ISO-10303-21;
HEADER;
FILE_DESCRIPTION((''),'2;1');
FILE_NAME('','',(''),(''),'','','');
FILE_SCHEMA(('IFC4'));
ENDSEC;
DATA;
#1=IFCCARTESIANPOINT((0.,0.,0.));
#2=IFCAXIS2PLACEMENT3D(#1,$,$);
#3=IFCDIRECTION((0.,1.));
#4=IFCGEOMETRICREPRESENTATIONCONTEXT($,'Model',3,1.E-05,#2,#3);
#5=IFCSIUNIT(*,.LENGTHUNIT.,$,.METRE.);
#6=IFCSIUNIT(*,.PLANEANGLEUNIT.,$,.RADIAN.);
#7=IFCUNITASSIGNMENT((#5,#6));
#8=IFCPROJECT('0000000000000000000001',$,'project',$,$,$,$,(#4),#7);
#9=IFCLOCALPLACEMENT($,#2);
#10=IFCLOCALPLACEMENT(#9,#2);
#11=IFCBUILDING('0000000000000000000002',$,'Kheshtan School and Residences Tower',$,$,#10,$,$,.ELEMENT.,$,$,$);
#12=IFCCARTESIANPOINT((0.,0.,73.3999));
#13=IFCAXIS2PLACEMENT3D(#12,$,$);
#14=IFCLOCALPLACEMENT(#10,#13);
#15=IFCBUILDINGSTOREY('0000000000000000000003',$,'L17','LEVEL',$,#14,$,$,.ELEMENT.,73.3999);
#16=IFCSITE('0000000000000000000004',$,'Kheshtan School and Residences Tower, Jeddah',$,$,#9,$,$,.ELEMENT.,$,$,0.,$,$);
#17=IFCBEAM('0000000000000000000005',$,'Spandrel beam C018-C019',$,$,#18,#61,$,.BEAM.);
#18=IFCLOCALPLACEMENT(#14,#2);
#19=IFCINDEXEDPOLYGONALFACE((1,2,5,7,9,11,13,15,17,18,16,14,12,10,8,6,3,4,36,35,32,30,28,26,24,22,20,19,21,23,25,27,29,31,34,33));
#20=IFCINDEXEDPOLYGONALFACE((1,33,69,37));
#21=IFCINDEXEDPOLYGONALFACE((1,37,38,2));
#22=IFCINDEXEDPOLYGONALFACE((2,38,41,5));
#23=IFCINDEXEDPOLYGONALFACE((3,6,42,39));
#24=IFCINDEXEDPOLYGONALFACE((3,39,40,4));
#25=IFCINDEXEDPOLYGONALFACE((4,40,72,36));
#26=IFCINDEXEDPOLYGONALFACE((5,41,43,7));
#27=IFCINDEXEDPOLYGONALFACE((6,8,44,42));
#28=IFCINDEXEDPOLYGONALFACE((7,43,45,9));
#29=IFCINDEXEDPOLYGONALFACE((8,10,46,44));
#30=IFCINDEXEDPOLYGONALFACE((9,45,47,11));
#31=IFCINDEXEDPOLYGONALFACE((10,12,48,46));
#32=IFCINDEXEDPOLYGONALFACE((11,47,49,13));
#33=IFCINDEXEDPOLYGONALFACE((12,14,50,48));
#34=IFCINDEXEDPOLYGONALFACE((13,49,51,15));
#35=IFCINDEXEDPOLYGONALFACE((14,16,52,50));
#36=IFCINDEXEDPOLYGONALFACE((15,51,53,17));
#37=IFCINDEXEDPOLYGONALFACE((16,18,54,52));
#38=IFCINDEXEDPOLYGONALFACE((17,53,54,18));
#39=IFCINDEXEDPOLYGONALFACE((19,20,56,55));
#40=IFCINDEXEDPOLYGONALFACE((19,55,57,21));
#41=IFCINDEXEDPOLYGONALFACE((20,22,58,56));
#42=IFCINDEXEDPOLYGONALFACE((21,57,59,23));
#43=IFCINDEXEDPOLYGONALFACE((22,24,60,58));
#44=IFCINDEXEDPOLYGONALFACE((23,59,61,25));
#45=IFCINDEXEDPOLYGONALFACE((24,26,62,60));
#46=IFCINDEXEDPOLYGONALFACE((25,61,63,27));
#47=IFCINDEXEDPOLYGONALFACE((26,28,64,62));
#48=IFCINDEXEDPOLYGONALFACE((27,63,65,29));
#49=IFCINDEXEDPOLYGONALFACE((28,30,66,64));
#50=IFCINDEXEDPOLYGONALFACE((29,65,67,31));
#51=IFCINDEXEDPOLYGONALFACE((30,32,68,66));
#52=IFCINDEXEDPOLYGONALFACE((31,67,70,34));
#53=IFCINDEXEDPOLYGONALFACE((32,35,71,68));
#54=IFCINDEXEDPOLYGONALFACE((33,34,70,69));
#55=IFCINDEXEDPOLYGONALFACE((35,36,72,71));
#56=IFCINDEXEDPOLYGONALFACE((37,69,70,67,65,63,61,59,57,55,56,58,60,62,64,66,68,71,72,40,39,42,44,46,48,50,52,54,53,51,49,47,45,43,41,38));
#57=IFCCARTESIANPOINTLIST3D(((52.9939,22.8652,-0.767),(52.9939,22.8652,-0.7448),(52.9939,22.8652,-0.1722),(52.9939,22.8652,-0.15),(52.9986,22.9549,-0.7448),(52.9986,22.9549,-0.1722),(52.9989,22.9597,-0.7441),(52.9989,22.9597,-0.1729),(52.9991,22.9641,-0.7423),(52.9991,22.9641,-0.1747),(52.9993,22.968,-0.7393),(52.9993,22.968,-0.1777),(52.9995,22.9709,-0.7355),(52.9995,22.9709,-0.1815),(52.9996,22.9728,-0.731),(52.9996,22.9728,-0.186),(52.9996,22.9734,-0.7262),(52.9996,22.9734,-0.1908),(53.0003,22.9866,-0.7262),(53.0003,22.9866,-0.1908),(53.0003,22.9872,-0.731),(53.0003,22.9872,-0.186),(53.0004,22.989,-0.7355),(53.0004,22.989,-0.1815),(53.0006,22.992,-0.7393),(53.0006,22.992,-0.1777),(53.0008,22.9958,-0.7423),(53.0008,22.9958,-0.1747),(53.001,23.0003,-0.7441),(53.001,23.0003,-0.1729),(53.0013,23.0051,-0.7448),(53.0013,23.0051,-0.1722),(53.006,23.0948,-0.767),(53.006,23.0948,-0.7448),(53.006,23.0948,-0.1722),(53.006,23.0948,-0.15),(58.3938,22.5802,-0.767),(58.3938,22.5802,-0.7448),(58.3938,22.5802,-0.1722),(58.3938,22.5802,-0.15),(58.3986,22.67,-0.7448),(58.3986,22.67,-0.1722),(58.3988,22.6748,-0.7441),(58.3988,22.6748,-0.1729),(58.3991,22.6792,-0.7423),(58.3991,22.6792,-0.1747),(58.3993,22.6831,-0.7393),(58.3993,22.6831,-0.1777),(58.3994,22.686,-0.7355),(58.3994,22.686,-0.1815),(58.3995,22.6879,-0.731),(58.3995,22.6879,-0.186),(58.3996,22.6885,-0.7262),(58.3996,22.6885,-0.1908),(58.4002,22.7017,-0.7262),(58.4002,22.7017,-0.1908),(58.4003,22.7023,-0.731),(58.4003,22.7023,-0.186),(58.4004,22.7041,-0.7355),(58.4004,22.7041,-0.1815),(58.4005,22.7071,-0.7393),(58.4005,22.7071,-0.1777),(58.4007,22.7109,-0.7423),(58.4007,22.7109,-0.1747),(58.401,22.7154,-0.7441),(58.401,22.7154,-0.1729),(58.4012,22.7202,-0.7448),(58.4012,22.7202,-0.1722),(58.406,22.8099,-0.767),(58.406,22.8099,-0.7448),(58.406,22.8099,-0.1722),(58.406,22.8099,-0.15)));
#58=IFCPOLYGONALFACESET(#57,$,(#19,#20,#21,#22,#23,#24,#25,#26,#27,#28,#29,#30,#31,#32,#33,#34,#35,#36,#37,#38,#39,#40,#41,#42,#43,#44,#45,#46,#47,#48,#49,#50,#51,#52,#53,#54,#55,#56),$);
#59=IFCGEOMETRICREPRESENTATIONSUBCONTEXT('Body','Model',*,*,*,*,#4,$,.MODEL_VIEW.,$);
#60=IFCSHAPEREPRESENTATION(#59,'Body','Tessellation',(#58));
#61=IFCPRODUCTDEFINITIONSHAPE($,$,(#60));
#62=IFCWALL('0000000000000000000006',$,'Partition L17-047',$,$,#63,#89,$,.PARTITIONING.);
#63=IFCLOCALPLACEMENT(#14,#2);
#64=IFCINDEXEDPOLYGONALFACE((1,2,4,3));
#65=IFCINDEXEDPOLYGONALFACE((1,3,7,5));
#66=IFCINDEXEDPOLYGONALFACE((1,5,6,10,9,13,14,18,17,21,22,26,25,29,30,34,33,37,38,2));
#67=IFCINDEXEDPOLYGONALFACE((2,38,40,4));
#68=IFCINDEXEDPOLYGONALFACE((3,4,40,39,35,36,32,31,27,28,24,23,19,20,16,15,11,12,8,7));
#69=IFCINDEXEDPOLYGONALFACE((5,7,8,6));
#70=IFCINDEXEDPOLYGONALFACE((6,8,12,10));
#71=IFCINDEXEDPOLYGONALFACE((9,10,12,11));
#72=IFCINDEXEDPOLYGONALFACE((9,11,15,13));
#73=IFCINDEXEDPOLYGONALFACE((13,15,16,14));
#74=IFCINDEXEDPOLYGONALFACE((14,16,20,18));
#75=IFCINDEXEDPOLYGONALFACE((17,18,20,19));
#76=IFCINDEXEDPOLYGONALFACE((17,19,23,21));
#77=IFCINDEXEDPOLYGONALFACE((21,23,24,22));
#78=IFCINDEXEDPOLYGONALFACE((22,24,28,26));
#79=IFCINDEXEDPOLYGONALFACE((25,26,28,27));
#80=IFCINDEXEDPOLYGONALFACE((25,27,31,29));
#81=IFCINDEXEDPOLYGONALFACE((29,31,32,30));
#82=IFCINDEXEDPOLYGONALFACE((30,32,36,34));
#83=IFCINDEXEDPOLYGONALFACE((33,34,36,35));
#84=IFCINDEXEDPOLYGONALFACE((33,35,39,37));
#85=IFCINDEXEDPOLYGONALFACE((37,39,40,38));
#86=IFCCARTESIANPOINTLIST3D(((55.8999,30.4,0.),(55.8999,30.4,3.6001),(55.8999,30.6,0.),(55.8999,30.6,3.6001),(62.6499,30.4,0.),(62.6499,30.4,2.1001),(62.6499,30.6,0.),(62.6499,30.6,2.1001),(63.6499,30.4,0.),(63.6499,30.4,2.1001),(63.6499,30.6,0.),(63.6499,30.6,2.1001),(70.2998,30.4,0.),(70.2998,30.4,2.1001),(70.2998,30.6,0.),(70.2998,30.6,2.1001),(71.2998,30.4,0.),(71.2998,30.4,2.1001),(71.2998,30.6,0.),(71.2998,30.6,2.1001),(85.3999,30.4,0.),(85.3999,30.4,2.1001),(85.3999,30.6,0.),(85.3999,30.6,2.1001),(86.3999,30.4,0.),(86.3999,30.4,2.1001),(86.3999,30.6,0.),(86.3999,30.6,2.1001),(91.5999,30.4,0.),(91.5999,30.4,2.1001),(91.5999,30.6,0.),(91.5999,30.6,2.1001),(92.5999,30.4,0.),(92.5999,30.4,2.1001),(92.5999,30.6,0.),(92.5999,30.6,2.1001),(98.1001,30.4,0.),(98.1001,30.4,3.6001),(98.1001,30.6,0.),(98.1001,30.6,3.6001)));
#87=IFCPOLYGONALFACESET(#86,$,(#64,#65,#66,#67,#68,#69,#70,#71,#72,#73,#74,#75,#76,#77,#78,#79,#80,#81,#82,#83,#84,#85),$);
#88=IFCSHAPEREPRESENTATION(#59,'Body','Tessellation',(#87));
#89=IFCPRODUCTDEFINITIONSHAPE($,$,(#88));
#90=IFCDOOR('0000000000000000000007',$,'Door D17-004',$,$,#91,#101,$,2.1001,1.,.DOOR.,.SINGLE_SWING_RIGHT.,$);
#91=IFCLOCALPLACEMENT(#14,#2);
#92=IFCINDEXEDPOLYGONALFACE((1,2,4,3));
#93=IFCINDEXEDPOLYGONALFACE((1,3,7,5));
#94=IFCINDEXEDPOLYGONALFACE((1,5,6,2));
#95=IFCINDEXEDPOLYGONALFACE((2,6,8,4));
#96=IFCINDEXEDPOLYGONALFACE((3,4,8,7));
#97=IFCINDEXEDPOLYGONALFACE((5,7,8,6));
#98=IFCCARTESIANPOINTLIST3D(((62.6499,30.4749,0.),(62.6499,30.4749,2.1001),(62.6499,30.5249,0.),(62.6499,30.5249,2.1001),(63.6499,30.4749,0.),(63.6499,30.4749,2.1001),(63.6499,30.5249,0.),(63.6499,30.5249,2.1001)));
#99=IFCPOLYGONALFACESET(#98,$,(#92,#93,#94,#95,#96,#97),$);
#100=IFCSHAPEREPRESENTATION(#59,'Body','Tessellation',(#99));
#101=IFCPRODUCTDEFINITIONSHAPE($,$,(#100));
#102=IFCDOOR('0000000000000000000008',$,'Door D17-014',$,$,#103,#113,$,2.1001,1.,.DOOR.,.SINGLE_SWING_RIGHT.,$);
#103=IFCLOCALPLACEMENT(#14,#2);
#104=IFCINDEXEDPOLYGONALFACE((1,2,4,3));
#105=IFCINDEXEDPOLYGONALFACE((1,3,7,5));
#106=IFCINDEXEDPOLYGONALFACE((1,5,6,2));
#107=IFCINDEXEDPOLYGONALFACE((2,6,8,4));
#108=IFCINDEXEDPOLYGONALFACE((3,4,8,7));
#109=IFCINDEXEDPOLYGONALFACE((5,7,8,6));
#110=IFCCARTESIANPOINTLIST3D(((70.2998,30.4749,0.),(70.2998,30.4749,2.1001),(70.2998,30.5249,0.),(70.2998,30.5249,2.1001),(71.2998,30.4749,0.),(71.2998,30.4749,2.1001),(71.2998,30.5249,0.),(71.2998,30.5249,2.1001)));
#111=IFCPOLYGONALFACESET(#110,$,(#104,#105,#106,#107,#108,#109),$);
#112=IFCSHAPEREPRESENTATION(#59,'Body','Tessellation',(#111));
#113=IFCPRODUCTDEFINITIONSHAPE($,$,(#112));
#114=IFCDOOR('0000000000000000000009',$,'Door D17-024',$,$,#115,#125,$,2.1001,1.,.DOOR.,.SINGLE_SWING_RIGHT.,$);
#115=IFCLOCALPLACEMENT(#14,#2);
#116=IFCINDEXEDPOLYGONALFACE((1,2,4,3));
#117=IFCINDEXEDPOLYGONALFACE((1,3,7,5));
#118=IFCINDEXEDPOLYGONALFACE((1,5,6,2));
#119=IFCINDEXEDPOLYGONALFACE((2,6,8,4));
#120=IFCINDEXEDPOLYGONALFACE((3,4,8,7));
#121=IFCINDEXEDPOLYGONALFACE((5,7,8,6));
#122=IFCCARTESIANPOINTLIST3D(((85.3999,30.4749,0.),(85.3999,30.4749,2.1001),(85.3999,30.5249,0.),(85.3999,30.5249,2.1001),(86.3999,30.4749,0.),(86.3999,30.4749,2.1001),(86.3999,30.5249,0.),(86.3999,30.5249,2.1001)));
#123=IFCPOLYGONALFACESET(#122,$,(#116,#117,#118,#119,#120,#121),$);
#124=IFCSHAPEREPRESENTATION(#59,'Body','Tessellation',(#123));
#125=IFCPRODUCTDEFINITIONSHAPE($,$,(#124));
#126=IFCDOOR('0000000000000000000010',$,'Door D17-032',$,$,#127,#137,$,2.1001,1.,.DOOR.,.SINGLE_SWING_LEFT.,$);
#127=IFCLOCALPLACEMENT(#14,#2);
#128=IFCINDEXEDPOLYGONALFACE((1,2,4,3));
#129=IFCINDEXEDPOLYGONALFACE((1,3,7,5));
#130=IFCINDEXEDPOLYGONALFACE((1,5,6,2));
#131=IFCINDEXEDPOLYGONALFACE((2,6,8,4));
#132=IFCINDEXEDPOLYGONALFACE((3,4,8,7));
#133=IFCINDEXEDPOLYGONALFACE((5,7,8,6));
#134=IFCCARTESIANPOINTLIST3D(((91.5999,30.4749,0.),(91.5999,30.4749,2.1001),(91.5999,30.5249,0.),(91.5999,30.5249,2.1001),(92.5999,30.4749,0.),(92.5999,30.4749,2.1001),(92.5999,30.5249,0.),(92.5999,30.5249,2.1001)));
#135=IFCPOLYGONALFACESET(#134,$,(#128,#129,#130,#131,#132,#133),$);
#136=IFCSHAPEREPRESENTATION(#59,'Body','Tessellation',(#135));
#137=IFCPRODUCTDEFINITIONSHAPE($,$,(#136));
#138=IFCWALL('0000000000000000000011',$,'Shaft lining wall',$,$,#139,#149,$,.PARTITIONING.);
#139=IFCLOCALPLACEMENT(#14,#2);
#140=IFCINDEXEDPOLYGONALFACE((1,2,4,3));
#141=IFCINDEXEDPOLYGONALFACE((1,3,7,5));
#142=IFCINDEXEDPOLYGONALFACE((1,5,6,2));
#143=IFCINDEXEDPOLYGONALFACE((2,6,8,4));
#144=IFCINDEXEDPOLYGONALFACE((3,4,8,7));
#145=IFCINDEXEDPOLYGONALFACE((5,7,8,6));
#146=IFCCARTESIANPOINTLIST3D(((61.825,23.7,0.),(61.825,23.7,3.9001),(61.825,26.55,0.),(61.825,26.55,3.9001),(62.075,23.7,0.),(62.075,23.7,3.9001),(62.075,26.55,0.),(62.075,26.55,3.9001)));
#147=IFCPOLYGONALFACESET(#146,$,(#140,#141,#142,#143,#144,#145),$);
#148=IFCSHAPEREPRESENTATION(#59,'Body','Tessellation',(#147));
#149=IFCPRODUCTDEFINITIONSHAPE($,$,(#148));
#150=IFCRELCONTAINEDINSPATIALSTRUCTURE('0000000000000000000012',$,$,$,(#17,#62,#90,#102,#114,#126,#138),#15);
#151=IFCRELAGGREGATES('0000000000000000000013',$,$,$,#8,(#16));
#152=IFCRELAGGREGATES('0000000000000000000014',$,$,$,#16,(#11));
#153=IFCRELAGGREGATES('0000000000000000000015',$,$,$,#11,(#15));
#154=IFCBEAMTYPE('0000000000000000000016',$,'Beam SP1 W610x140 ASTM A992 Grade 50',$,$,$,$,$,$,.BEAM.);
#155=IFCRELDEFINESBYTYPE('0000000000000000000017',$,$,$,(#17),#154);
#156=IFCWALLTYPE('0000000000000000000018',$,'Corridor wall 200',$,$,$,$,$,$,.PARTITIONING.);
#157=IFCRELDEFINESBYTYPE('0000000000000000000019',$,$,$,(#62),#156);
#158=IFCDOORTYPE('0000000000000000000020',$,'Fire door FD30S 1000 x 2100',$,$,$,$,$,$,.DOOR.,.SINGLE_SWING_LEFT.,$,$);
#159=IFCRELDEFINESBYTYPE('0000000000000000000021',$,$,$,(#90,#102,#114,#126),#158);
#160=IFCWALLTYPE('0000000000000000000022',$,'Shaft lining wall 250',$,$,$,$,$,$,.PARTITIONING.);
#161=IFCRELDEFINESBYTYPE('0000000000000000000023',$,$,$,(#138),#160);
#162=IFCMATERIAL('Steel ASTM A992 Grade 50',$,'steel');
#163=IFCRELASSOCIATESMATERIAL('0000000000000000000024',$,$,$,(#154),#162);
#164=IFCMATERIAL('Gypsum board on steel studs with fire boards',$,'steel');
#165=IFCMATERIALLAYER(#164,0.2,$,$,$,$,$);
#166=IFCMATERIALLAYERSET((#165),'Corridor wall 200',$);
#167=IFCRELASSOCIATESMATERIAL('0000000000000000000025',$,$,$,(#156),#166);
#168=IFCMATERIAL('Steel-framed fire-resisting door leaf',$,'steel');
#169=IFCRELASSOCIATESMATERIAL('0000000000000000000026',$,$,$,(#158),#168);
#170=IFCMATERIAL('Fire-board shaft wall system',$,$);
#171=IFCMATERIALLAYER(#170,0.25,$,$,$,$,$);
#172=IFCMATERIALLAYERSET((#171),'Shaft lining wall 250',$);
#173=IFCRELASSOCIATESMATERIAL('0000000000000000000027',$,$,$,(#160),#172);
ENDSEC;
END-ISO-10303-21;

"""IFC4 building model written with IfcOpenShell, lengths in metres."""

from ifc_helpers import new_model, si_unit, direction, frame, frame_2d, origin, origin_2d, place, context, subcontext, project, spatial, rectangle, i_section, extrude, source, transform, mapped, material, layer, layer_set, material_profile, profile_set, type_object, element, fill, save


model = new_model("IFC4")

# Units and contexts
model_context = context("Model", 3, precision=1e-05, world=origin(), true_north=direction((0.0, 1.0)))
body_context = subcontext(model_context, "Body", "Model", "MODEL_VIEW")
ifc_project = project(units=[si_unit("LENGTHUNIT", "METRE"), si_unit("PLANEANGLEUNIT", "RADIAN")], contexts=[model_context])

# Site, building, storey
site_placement = place(None, origin())
site = spatial("IfcSite", under=ifc_project, at=site_placement, Name="Kheshtan School and Residences Tower, Jeddah", CompositionType="ELEMENT", RefElevation=0.0)
building_placement = place(site_placement, origin())
building = spatial("IfcBuilding", under=site, at=building_placement, Name="Kheshtan School and Residences Tower", CompositionType="ELEMENT")
storey_placement = place(building_placement, frame((0.0, 0.0, 73.3999)))
storey = spatial("IfcBuildingStorey", under=building, at=storey_placement, Name="L17", Description="LEVEL", CompositionType="ELEMENT", Elevation=73.3999)

# Shared definitions
ifc_material_1 = material(Name="Steel ASTM A992 Grade 50", Category="steel")

# Beam
ifc_material_profile_1 = material_profile(ifc_material_1, i_section(OverallWidth=0.23, OverallDepth=0.6169, WebThickness=0.0132, FlangeThickness=0.0222, FilletRadius=0.0186, at=origin_2d()), Name="W610x140")
ifc_profile_set_1 = profile_set([ifc_material_profile_1], Name="Steel ASTM A992 Grade 50")
beam_type_1 = type_object("IfcBeamType", Name="Beam SP1 W610x140 ASTM A992 Grade 50", PredefinedType="BEAM", material=ifc_profile_set_1)
beam_1_placement = place(storey_placement, frame((58.3999, 22.6951, -0.4585), z_axis=(-0.998611, 0.052689, 0.0), x_axis=(-0.052689, -0.998611, 0.0)))
element("IfcBeam", 1, at=beam_1_placement, inside=storey, type_object=beam_type_1, Name="Spandrel beam C018-C019", PredefinedType="BEAM", context=body_context, shape_type="SweptSolid", body=[
    extrude(i_section(OverallWidth=0.23, OverallDepth=0.6169, WebThickness=0.0132, FlangeThickness=0.0222, FilletRadius=0.0186, at=origin_2d()), origin(), (0.0, 0.0, 1.0), 5.4075),
])

# Wall, openings, doors
ifc_material_2 = material(Name="Gypsum board on steel studs with fire boards", Category="steel")
ifc_layer_1 = layer(ifc_material_2, 0.2)
ifc_layer_set_1 = layer_set([ifc_layer_1], Name="Corridor wall 200")
wall_type_1 = type_object("IfcWallType", Name="Corridor wall 200", PredefinedType="PARTITIONING", material=ifc_layer_set_1)
wall_1_placement = place(storey_placement, frame((55.8999, 30.5, 0.0), z_axis=(0.0, 0.0, 1.0), x_axis=(1.0, 0.0, 0.0)))
wall_1 = element("IfcWall", 2, at=wall_1_placement, inside=storey, type_object=wall_type_1, Name="Partition L17-047", PredefinedType="PARTITIONING", context=body_context, shape_type="SweptSolid", body=[
    extrude(rectangle(XDim=42.2002, YDim=0.2, at=frame_2d((21.1001, 0.0))), origin(), (0.0, 0.0, 1.0), 3.6001),
])
opening_1_placement = place(wall_1_placement, frame((6.75, 0.0, 0.0)))
opening_1 = element("IfcOpeningElement", 3, at=opening_1_placement, cuts=wall_1, PredefinedType="OPENING", context=body_context, shape_type="SweptSolid", body=[
    extrude(rectangle(XDim=1.0, YDim=2.1001, at=frame_2d((0.5, 1.05))), frame((0.0, 0.1099, 0.0), z_axis=(0.0, -1.0, 0.0), x_axis=(1.0, 0.0, 0.0)), (0.0, 0.0, 1.0), 0.22),
])
opening_2_placement = place(wall_1_placement, frame((14.3999, 0.0, 0.0)))
opening_2 = element("IfcOpeningElement", 4, at=opening_2_placement, cuts=wall_1, PredefinedType="OPENING", context=body_context, shape_type="SweptSolid", body=[
    extrude(rectangle(XDim=1.0, YDim=2.1001, at=frame_2d((0.5, 1.05))), frame((0.0, 0.1099, 0.0), z_axis=(0.0, -1.0, 0.0), x_axis=(1.0, 0.0, 0.0)), (0.0, 0.0, 1.0), 0.22),
])
opening_3_placement = place(wall_1_placement, frame((29.5, 0.0, 0.0)))
opening_3 = element("IfcOpeningElement", 5, at=opening_3_placement, cuts=wall_1, PredefinedType="OPENING", context=body_context, shape_type="SweptSolid", body=[
    extrude(rectangle(XDim=1.0, YDim=2.1001, at=frame_2d((0.5, 1.05))), frame((0.0, 0.1099, 0.0), z_axis=(0.0, -1.0, 0.0), x_axis=(1.0, 0.0, 0.0)), (0.0, 0.0, 1.0), 0.22),
])
opening_4_placement = place(wall_1_placement, frame((35.7, 0.0, 0.0)))
opening_4 = element("IfcOpeningElement", 6, at=opening_4_placement, cuts=wall_1, PredefinedType="OPENING", context=body_context, shape_type="SweptSolid", body=[
    extrude(rectangle(XDim=1.0, YDim=2.1001, at=frame_2d((0.5, 1.05))), frame((0.0, 0.1099, 0.0), z_axis=(0.0, -1.0, 0.0), x_axis=(1.0, 0.0, 0.0)), (0.0, 0.0, 1.0), 0.22),
])
ifc_material_3 = material(Name="Steel-framed fire-resisting door leaf", Category="steel")
door_type_1 = type_object("IfcDoorType", Name="Fire door FD30S 1000 x 2100", OperationType="SINGLE_SWING_LEFT", PredefinedType="DOOR", material=ifc_material_3)
shared_shape_1 = source(origin(), body_context, "Body", "SweptSolid", [
    extrude(rectangle(XDim=1.0, YDim=2.1001, at=frame_2d((0.5, 1.05))), frame((0.0, 0.0249, 0.0), z_axis=(0.0, -1.0, 0.0), x_axis=(1.0, 0.0, 0.0)), (0.0, 0.0, 1.0), 0.05),
])
door_1_placement = place(opening_1_placement, origin())
door_1 = element("IfcDoor", 7, at=door_1_placement, inside=storey, type_object=door_type_1, Name="Door D17-004", OperationType="SINGLE_SWING_RIGHT", OverallHeight=2.1001, OverallWidth=1.0, PredefinedType="DOOR", context=body_context, shape_type="MappedRepresentation", body=[
    mapped(shared_shape_1, transform((0.0, 0.0, 0.0), x_axis=(1.0, 0.0, 0.0), y_axis=(0.0, 1.0, 0.0), z_axis=(0.0, 0.0, 1.0), scale=1.0)),
])
fill(opening_1, door_1)
door_2_placement = place(opening_2_placement, origin())
door_2 = element("IfcDoor", 8, at=door_2_placement, inside=storey, type_object=door_type_1, Name="Door D17-014", OperationType="SINGLE_SWING_RIGHT", OverallHeight=2.1001, OverallWidth=1.0, PredefinedType="DOOR", context=body_context, shape_type="MappedRepresentation", body=[
    mapped(shared_shape_1, transform((0.0, 0.0, 0.0), x_axis=(1.0, 0.0, 0.0), y_axis=(0.0, 1.0, 0.0), z_axis=(0.0, 0.0, 1.0), scale=1.0)),
])
fill(opening_2, door_2)
door_3_placement = place(opening_3_placement, origin())
door_3 = element("IfcDoor", 9, at=door_3_placement, inside=storey, type_object=door_type_1, Name="Door D17-024", OperationType="SINGLE_SWING_RIGHT", OverallHeight=2.1001, OverallWidth=1.0, PredefinedType="DOOR", context=body_context, shape_type="MappedRepresentation", body=[
    mapped(shared_shape_1, transform((0.0, 0.0, 0.0), x_axis=(1.0, 0.0, 0.0), y_axis=(0.0, 1.0, 0.0), z_axis=(0.0, 0.0, 1.0), scale=1.0)),
])
fill(opening_3, door_3)
door_4_placement = place(opening_4_placement, origin())
door_4 = element("IfcDoor", 10, at=door_4_placement, inside=storey, type_object=door_type_1, Name="Door D17-032", OperationType="SINGLE_SWING_LEFT", OverallHeight=2.1001, OverallWidth=1.0, PredefinedType="DOOR", context=body_context, shape_type="MappedRepresentation", body=[
    mapped(shared_shape_1, transform((0.0, 0.0, 0.0), x_axis=(1.0, 0.0, 0.0), y_axis=(0.0, 1.0, 0.0), z_axis=(0.0, 0.0, 1.0), scale=1.0)),
])
fill(opening_4, door_4)

# Wall
ifc_material_4 = material(Name="Fire-board shaft wall system")
ifc_layer_2 = layer(ifc_material_4, 0.25)
ifc_layer_set_2 = layer_set([ifc_layer_2], Name="Shaft lining wall 250")
wall_type_2 = type_object("IfcWallType", Name="Shaft lining wall 250", PredefinedType="PARTITIONING", material=ifc_layer_set_2)
wall_2_placement = place(storey_placement, frame((61.95, 23.7, 0.0), z_axis=(0.0, 0.0, 1.0), x_axis=(0.0, 1.0, 0.0)))
element("IfcWall", 11, at=wall_2_placement, inside=storey, type_object=wall_type_2, Name="Shaft lining wall", PredefinedType="PARTITIONING", context=body_context, shape_type="SweptSolid", body=[
    extrude(rectangle(XDim=2.8501, YDim=0.25, at=frame_2d((1.425, 0.0))), origin(), (0.0, 0.0, 1.0), 3.9001),
])

save(model, "model.ifc")
